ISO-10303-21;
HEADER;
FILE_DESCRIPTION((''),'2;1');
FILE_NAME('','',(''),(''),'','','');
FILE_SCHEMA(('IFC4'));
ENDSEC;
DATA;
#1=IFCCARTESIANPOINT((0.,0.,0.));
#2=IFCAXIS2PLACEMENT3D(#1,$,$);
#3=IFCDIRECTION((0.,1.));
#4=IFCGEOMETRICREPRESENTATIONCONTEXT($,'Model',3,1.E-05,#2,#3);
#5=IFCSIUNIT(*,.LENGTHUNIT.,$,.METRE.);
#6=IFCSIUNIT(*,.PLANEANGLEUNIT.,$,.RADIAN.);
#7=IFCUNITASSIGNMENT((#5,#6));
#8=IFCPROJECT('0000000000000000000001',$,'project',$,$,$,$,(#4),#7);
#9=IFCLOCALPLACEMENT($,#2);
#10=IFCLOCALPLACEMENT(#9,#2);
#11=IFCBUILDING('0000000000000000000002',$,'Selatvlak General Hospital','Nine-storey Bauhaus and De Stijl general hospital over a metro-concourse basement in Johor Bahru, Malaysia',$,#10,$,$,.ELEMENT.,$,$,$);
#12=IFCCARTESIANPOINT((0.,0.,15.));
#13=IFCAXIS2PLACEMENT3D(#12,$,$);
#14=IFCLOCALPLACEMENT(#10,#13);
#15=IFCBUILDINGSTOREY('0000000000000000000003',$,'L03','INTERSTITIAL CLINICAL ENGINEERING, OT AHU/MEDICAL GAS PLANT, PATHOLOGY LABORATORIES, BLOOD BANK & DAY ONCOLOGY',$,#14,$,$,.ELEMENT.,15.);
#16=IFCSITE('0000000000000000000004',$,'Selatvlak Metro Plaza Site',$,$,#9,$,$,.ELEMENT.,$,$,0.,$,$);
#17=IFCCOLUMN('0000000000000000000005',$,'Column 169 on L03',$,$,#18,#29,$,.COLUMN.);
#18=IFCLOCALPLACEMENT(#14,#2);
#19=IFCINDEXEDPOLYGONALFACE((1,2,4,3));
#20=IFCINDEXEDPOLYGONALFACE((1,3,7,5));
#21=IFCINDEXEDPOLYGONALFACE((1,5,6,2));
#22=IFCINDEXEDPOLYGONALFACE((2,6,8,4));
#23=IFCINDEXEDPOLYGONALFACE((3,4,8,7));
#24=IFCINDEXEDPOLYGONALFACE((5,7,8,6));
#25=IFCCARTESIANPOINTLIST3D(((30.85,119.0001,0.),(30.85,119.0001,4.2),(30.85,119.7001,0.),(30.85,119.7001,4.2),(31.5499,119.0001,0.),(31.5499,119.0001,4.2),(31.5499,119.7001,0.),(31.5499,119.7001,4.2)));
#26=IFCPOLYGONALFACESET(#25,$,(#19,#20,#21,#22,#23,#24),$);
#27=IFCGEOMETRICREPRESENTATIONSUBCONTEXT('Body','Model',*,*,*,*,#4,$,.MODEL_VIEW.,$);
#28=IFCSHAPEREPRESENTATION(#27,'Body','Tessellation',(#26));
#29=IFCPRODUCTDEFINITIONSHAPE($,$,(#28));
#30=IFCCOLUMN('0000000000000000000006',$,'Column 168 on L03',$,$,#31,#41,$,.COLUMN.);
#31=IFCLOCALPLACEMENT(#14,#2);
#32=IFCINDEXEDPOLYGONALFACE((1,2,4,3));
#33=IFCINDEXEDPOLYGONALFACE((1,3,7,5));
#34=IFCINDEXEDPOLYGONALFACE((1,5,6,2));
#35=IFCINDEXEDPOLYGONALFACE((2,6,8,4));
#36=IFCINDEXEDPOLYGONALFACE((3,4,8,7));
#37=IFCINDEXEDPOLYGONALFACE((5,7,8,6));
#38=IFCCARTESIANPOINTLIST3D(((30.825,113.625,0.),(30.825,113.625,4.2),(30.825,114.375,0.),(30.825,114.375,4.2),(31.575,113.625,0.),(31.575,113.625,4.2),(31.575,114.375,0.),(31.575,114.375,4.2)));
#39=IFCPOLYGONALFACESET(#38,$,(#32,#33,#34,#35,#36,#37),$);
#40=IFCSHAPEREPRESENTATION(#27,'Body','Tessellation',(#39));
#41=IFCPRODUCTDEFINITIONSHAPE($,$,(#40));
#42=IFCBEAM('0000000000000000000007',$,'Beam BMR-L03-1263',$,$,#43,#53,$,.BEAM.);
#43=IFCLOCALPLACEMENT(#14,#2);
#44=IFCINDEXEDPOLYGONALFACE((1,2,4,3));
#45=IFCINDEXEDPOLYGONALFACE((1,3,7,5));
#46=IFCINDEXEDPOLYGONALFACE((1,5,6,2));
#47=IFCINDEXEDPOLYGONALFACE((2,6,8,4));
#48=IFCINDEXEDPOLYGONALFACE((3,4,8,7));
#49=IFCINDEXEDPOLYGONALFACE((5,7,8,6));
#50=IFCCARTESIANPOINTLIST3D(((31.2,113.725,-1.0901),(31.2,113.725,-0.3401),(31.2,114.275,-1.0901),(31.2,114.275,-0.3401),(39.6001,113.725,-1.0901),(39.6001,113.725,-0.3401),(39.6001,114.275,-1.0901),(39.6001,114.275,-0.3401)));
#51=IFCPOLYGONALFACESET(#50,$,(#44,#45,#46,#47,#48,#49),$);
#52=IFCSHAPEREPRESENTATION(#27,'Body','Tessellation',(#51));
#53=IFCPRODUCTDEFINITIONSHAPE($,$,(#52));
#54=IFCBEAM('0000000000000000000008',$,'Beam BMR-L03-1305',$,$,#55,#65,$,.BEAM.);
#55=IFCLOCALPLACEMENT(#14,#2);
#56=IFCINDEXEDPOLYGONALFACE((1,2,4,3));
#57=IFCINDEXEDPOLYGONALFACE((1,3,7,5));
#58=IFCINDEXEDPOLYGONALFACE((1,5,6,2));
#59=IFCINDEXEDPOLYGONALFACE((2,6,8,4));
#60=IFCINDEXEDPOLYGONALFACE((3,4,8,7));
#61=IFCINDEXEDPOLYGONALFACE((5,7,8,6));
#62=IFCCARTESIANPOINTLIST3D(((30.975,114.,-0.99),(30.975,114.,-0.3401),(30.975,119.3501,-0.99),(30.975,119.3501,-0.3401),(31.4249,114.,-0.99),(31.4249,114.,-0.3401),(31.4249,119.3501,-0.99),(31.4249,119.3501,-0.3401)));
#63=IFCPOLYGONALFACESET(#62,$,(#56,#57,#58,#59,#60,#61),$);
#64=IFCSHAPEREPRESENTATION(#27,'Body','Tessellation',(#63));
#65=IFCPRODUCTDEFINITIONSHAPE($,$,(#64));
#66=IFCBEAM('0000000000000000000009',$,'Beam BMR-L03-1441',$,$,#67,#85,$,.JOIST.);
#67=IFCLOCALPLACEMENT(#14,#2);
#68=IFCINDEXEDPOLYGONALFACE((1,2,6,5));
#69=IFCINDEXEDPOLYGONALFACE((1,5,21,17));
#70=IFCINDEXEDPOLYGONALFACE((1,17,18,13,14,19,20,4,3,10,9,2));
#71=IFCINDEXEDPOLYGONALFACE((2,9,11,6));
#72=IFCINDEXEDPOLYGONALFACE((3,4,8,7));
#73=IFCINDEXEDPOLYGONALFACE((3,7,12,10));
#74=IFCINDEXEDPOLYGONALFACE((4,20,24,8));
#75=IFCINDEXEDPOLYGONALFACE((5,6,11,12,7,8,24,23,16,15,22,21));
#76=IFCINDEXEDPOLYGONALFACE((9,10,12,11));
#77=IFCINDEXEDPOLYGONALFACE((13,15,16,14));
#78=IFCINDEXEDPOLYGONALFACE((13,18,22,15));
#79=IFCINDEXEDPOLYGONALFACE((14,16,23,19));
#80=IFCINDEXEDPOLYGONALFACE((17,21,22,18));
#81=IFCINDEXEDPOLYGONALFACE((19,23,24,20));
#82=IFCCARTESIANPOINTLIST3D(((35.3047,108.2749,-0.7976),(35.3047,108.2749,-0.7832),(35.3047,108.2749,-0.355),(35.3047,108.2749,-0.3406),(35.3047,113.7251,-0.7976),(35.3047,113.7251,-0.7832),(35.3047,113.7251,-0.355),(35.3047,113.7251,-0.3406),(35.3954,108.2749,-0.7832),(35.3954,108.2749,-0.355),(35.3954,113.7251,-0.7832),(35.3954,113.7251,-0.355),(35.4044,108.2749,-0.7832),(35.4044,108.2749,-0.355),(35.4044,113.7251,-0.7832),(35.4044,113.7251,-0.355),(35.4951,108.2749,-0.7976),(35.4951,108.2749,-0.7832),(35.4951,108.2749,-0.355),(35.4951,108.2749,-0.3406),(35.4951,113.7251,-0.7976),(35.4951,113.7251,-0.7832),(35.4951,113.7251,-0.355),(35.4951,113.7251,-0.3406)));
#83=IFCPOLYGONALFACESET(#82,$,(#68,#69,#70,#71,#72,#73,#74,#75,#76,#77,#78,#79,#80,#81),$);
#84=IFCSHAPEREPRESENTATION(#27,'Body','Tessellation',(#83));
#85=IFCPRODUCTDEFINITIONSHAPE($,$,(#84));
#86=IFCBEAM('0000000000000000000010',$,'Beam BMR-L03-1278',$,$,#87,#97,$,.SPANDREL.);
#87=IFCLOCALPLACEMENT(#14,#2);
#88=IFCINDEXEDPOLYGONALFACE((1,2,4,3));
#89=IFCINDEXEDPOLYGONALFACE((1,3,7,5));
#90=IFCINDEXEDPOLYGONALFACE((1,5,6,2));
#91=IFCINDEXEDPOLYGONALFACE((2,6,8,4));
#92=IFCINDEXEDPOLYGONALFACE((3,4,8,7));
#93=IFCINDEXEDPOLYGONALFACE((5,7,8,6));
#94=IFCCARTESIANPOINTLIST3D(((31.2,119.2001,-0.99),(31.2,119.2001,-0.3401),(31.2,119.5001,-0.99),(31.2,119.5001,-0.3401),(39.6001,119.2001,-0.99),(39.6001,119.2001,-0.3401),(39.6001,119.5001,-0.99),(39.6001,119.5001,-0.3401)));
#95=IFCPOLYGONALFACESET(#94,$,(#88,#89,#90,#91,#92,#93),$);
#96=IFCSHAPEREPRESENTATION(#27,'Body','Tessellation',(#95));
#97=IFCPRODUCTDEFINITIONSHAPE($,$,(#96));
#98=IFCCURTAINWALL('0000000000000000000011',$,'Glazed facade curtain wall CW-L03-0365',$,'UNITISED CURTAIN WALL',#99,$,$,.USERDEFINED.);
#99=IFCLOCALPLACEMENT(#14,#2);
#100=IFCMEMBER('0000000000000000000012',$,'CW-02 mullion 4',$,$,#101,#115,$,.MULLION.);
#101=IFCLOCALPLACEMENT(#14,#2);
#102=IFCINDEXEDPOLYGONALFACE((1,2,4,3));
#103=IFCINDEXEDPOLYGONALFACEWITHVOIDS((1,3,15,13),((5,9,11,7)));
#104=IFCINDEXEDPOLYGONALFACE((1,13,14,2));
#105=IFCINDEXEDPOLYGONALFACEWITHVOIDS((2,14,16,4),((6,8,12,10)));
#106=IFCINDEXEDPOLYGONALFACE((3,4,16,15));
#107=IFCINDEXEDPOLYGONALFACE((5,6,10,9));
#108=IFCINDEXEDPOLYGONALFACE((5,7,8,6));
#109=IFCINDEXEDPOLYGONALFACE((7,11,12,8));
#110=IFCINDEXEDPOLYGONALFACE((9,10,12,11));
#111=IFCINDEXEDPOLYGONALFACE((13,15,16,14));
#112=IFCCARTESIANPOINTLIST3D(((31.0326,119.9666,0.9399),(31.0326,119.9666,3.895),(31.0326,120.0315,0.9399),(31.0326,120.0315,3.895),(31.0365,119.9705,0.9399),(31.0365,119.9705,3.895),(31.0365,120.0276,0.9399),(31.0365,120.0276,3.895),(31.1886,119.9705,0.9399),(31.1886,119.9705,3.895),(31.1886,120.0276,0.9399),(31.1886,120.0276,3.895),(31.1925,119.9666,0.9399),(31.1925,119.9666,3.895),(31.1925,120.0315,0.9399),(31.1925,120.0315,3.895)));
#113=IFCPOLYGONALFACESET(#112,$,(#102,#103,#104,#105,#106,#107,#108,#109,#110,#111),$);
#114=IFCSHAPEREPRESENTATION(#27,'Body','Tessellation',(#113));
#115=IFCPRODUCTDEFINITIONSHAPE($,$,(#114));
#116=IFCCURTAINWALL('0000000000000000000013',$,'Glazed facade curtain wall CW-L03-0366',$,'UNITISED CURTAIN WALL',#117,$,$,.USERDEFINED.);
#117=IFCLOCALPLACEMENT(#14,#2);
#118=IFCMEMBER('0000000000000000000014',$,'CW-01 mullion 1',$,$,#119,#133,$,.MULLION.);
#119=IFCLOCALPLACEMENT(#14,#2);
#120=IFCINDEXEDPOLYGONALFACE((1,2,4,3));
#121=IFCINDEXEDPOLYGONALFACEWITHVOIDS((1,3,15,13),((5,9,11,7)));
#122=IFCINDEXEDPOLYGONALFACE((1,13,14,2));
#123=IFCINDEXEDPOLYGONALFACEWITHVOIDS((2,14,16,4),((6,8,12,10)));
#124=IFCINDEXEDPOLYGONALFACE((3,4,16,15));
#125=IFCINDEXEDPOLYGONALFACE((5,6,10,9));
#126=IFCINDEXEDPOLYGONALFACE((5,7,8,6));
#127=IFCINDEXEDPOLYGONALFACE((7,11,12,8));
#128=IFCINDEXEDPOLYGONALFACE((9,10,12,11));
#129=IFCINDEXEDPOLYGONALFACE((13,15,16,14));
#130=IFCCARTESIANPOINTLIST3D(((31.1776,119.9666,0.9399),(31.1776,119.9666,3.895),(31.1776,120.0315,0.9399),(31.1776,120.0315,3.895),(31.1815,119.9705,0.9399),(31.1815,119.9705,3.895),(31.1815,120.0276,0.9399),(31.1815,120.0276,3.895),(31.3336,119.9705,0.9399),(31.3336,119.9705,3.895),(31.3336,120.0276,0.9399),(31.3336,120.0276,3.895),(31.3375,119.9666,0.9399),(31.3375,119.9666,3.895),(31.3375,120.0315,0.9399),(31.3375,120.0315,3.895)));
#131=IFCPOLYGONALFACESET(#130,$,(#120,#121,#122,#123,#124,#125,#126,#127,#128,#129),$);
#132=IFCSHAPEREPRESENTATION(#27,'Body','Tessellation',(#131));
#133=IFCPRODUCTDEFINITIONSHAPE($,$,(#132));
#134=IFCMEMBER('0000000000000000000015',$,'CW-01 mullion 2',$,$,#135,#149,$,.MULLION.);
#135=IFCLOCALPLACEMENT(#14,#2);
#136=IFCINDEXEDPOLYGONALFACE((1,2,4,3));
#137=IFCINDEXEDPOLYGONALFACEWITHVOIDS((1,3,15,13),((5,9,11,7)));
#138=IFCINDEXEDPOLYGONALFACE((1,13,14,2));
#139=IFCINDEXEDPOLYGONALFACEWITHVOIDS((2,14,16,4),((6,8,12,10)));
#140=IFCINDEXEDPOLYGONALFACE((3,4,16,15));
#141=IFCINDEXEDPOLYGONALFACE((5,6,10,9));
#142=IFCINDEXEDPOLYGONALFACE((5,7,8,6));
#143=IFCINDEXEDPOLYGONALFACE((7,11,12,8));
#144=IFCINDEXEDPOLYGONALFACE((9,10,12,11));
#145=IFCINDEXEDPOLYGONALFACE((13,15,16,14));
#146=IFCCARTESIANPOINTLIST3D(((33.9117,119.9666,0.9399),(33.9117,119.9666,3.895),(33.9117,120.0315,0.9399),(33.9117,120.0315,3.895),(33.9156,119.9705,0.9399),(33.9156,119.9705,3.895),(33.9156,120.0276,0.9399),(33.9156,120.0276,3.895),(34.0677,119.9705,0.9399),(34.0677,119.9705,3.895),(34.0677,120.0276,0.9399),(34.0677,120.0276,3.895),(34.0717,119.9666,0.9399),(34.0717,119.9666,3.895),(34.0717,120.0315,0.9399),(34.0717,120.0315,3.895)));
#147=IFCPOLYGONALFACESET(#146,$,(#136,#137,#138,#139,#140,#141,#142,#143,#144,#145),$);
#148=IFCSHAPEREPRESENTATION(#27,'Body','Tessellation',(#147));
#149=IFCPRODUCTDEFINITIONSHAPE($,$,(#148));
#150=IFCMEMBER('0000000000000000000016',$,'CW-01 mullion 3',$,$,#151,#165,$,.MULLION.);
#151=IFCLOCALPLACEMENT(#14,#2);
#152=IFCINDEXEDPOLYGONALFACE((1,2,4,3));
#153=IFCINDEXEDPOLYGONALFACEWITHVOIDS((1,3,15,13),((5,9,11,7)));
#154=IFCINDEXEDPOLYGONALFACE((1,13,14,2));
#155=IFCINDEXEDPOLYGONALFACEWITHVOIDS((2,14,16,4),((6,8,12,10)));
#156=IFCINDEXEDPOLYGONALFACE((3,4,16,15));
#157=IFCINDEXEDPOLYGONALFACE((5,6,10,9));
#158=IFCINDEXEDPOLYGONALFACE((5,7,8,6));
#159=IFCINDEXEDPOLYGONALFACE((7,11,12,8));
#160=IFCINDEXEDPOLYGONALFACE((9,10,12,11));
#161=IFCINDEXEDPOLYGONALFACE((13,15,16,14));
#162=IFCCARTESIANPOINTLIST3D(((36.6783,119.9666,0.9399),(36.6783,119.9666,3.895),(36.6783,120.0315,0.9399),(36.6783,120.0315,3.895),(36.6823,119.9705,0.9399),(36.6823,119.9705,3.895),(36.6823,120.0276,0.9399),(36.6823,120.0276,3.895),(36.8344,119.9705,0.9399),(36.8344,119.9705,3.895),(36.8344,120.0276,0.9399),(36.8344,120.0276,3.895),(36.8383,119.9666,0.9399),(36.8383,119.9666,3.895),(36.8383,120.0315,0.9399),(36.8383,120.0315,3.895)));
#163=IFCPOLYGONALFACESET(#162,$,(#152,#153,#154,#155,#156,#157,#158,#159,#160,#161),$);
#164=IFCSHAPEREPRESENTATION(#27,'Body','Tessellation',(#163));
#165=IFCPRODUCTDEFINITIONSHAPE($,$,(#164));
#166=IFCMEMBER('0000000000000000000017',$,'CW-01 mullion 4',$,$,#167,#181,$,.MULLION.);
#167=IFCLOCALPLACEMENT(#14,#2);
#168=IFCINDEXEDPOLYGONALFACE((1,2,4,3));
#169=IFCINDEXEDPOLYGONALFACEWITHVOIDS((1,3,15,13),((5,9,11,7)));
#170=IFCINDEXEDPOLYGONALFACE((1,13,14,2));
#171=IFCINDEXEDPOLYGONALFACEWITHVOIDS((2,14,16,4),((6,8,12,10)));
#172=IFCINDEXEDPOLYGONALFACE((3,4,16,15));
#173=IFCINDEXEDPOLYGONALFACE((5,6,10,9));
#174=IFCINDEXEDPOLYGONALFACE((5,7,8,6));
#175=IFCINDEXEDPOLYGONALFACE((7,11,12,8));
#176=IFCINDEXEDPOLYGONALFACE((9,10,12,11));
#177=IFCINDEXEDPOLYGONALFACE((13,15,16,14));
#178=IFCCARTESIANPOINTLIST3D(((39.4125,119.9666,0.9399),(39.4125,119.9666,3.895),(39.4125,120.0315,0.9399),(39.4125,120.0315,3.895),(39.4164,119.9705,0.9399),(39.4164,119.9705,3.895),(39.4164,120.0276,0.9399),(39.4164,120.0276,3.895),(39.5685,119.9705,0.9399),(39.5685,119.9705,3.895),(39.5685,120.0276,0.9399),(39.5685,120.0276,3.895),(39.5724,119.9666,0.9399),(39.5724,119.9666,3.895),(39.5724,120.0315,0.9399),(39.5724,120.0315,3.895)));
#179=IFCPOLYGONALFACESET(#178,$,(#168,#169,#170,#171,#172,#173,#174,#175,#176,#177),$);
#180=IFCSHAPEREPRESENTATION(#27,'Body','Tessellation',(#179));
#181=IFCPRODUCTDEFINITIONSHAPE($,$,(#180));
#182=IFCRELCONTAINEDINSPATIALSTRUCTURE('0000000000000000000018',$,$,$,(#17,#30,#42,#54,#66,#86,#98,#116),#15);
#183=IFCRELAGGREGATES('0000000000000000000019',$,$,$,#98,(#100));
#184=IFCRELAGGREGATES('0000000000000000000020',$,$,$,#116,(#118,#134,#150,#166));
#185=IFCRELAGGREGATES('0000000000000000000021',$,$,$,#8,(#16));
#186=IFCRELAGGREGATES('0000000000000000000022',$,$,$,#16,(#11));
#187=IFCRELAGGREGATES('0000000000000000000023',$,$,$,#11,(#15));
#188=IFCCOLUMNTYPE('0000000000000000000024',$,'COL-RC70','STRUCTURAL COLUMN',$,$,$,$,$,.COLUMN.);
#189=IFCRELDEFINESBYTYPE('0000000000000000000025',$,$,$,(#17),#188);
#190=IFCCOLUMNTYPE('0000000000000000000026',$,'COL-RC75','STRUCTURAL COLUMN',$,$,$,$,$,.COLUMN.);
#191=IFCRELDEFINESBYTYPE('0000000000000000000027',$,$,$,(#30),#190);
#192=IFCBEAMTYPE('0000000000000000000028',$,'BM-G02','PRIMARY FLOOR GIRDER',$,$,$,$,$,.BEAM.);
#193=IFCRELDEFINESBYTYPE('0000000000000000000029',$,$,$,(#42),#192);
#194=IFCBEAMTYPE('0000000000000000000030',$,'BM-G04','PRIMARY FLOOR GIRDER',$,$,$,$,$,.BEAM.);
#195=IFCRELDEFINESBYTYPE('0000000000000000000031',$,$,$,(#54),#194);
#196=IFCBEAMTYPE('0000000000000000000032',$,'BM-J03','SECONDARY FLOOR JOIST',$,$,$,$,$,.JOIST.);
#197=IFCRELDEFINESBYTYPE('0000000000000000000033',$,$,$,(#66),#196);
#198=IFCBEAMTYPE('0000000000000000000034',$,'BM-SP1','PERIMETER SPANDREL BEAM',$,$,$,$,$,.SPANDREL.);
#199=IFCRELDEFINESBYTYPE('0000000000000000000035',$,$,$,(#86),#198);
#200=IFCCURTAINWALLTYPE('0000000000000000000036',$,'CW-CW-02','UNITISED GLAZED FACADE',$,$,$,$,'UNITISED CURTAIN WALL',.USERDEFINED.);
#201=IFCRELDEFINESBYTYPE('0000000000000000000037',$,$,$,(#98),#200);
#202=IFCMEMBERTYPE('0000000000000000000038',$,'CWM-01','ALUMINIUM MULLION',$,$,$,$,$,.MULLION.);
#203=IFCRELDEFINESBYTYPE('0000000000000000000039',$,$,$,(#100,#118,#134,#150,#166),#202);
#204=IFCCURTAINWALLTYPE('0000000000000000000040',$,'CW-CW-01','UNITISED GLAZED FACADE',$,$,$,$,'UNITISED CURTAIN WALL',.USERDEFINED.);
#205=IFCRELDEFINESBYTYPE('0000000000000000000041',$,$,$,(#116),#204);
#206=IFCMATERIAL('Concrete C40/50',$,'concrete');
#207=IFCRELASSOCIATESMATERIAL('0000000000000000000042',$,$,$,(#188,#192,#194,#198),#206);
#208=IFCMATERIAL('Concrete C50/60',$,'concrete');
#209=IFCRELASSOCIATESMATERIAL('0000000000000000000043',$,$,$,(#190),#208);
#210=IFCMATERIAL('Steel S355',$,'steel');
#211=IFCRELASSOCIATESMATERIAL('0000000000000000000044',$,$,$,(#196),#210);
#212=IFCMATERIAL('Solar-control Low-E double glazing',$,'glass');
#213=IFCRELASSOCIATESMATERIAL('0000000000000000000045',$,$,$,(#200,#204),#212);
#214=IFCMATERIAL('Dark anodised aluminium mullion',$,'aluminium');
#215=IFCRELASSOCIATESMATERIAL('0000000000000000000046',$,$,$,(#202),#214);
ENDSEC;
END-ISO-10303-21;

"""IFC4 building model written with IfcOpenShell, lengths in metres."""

from ifc_helpers import new_model, si_unit, direction, frame, origin, origin_2d, place, context, subcontext, project, spatial, rectangle, hollow_rectangle, i_section, extrude, material, material_profile, profile_set, type_object, element, aggregate, save


model = new_model("IFC4")

# Units and contexts
model_context = context("Model", 3, precision=1e-05, world=origin(), true_north=direction((0.0, 1.0)))
body_context = subcontext(model_context, "Body", "Model", "MODEL_VIEW")
ifc_project = project(units=[si_unit("LENGTHUNIT", "METRE"), si_unit("PLANEANGLEUNIT", "RADIAN")], contexts=[model_context])

# Site, building, storey
site_placement = place(None, origin())
site = spatial("IfcSite", under=ifc_project, at=site_placement, Name="Selatvlak Metro Plaza Site", CompositionType="ELEMENT", RefElevation=0.0)
building_placement = place(site_placement, origin())
building = spatial("IfcBuilding", under=site, at=building_placement, Name="Selatvlak General Hospital", Description="Nine-storey Bauhaus and De Stijl general hospital over a metro-concourse basement in Johor Bahru, Malaysia", CompositionType="ELEMENT")
storey_placement = place(building_placement, frame((0.0, 0.0, 15.0)))
storey = spatial("IfcBuildingStorey", under=building, at=storey_placement, Name="L03", Description="INTERSTITIAL CLINICAL ENGINEERING, OT AHU/MEDICAL GAS PLANT, PATHOLOGY LABORATORIES, BLOOD BANK & DAY ONCOLOGY", CompositionType="ELEMENT", Elevation=15.0)

# Columns
ifc_material_1 = material(Name="Concrete C40/50", Category="concrete")
ifc_material_profile_1 = material_profile(ifc_material_1, rectangle(XDim=0.7, YDim=0.7, at=origin_2d()), Name="RC-COL 700x700")
ifc_profile_set_1 = profile_set([ifc_material_profile_1], Name="Concrete C40/50")
column_type_1 = type_object("IfcColumnType", Name="COL-RC70", Description="STRUCTURAL COLUMN", PredefinedType="COLUMN", material=ifc_profile_set_1)
column_1_placement = place(storey_placement, frame((31.2, 119.3501, 0.0), z_axis=(0.0, 0.0, 1.0), x_axis=(1.0, 0.0, 0.0)))
element("IfcColumn", 1, at=column_1_placement, inside=storey, type_object=column_type_1, Name="Column 169 on L03", PredefinedType="COLUMN", context=body_context, shape_type="SweptSolid", body=[
    extrude(rectangle(XDim=0.7, YDim=0.7, at=origin_2d()), origin(), (0.0, 0.0, 1.0), 4.2),
])
ifc_material_2 = material(Name="Concrete C50/60", Category="concrete")
ifc_material_profile_2 = material_profile(ifc_material_2, rectangle(XDim=0.75, YDim=0.75, at=origin_2d()), Name="RC-COL 750x750")
ifc_profile_set_2 = profile_set([ifc_material_profile_2], Name="Concrete C50/60")
column_type_2 = type_object("IfcColumnType", Name="COL-RC75", Description="STRUCTURAL COLUMN", PredefinedType="COLUMN", material=ifc_profile_set_2)
column_2_placement = place(storey_placement, frame((31.2, 114.0, 0.0), z_axis=(0.0, 0.0, 1.0), x_axis=(1.0, 0.0, 0.0)))
element("IfcColumn", 2, at=column_2_placement, inside=storey, type_object=column_type_2, Name="Column 168 on L03", PredefinedType="COLUMN", context=body_context, shape_type="SweptSolid", body=[
    extrude(rectangle(XDim=0.75, YDim=0.75, at=origin_2d()), origin(), (0.0, 0.0, 1.0), 4.2),
])

# Beams
ifc_material_profile_3 = material_profile(ifc_material_1, rectangle(XDim=0.55, YDim=0.75, at=origin_2d()), Name="RC-BM 550x750")
ifc_profile_set_3 = profile_set([ifc_material_profile_3], Name="Concrete C40/50")
beam_type_1 = type_object("IfcBeamType", Name="BM-G02", Description="PRIMARY FLOOR GIRDER", PredefinedType="BEAM", material=ifc_profile_set_3)
beam_1_placement = place(storey_placement, frame((31.2, 114.0, -0.7151), z_axis=(1.0, 0.0, 0.0), x_axis=(0.0, 1.0, 0.0)))
element("IfcBeam", 3, at=beam_1_placement, inside=storey, type_object=beam_type_1, Name="Beam BMR-L03-1263", PredefinedType="BEAM", context=body_context, shape_type="SweptSolid", body=[
    extrude(rectangle(XDim=0.55, YDim=0.75, at=origin_2d()), origin(), (0.0, 0.0, 1.0), 8.4001),
])
ifc_material_profile_4 = material_profile(ifc_material_1, rectangle(XDim=0.45, YDim=0.6499, at=origin_2d()), Name="RC-BM 450x650")
ifc_profile_set_4 = profile_set([ifc_material_profile_4], Name="Concrete C40/50")
beam_type_2 = type_object("IfcBeamType", Name="BM-G04", Description="PRIMARY FLOOR GIRDER", PredefinedType="BEAM", material=ifc_profile_set_4)
beam_2_placement = place(storey_placement, frame((31.2, 114.0, -0.665), z_axis=(0.0, 1.0, 0.0), x_axis=(-1.0, 0.0, 0.0)))
element("IfcBeam", 4, at=beam_2_placement, inside=storey, type_object=beam_type_2, Name="Beam BMR-L03-1305", PredefinedType="BEAM", context=body_context, shape_type="SweptSolid", body=[
    extrude(rectangle(XDim=0.45, YDim=0.6499, at=origin_2d()), origin(), (0.0, 0.0, 1.0), 5.3501),
])
ifc_material_3 = material(Name="Steel S355", Category="steel")
ifc_material_profile_5 = material_profile(ifc_material_3, i_section(OverallWidth=0.1904, OverallDepth=0.457, WebThickness=0.009, FlangeThickness=0.0144, at=origin_2d()), Name="UB 457x191x74")
ifc_profile_set_5 = profile_set([ifc_material_profile_5], Name="Steel S355")
beam_type_3 = type_object("IfcBeamType", Name="BM-J03", Description="SECONDARY FLOOR JOIST", PredefinedType="JOIST", material=ifc_profile_set_5)
beam_3_placement = place(storey_placement, frame((35.3999, 108.2749, -0.5691), z_axis=(0.0, 1.0, 0.0), x_axis=(-1.0, 0.0, 0.0)))
element("IfcBeam", 5, at=beam_3_placement, inside=storey, type_object=beam_type_3, Name="Beam BMR-L03-1441", PredefinedType="JOIST", context=body_context, shape_type="SweptSolid", body=[
    extrude(i_section(OverallWidth=0.1904, OverallDepth=0.457, WebThickness=0.009, FlangeThickness=0.0144, at=origin_2d()), origin(), (0.0, 0.0, 1.0), 5.4502),
])
ifc_material_profile_6 = material_profile(ifc_material_1, rectangle(XDim=0.3, YDim=0.6499, at=origin_2d()), Name="RC-SP 300x650")
ifc_profile_set_6 = profile_set([ifc_material_profile_6], Name="Concrete C40/50")
beam_type_4 = type_object("IfcBeamType", Name="BM-SP1", Description="PERIMETER SPANDREL BEAM", PredefinedType="SPANDREL", material=ifc_profile_set_6)
beam_4_placement = place(storey_placement, frame((31.2, 119.3501, -0.665), z_axis=(1.0, 0.0, 0.0), x_axis=(0.0, 1.0, 0.0)))
element("IfcBeam", 6, at=beam_4_placement, inside=storey, type_object=beam_type_4, Name="Beam BMR-L03-1278", PredefinedType="SPANDREL", context=body_context, shape_type="SweptSolid", body=[
    extrude(rectangle(XDim=0.3, YDim=0.6499, at=origin_2d()), origin(), (0.0, 0.0, 1.0), 8.4001),
])

# Curtain wall, member
ifc_material_4 = material(Name="Solar-control Low-E double glazing", Category="glass")
curtain_wall_type_1 = type_object("IfcCurtainWallType", Name="CW-CW-02", Description="UNITISED GLAZED FACADE", ElementType="UNITISED CURTAIN WALL", PredefinedType="USERDEFINED", material=ifc_material_4)
curtain_wall_1_placement = place(storey_placement, origin())
curtain_wall_1 = element("IfcCurtainWall", 7, at=curtain_wall_1_placement, inside=storey, type_object=curtain_wall_type_1, Name="Glazed facade curtain wall CW-L03-0365", ObjectType="UNITISED CURTAIN WALL", PredefinedType="USERDEFINED")
ifc_material_5 = material(Name="Dark anodised aluminium mullion", Category="aluminium")
ifc_material_profile_7 = material_profile(ifc_material_5, hollow_rectangle(XDim=0.0649, YDim=0.1599, WallThickness=0.0039, at=origin_2d()), Name="AL-MUL 65x160x4")
ifc_profile_set_7 = profile_set([ifc_material_profile_7], Name="Dark anodised aluminium mullion")
member_type_1 = type_object("IfcMemberType", Name="CWM-01", Description="ALUMINIUM MULLION", PredefinedType="MULLION", material=ifc_profile_set_7)
member_1_placement = place(storey_placement, frame((31.1125, 119.999, 0.9399), z_axis=(0.0, 0.0, 1.0), x_axis=(0.0, 1.0, 0.0)))
member_1 = element("IfcMember", 8, at=member_1_placement, type_object=member_type_1, Name="CW-02 mullion 4", PredefinedType="MULLION", context=body_context, shape_type="SweptSolid", body=[
    extrude(hollow_rectangle(XDim=0.0649, YDim=0.1599, WallThickness=0.0039, at=origin_2d()), origin(), (0.0, 0.0, 1.0), 2.9551),
])

# Curtain wall, members
curtain_wall_type_2 = type_object("IfcCurtainWallType", Name="CW-CW-01", Description="UNITISED GLAZED FACADE", ElementType="UNITISED CURTAIN WALL", PredefinedType="USERDEFINED", material=ifc_material_4)
curtain_wall_2_placement = place(storey_placement, origin())
curtain_wall_2 = element("IfcCurtainWall", 9, at=curtain_wall_2_placement, inside=storey, type_object=curtain_wall_type_2, Name="Glazed facade curtain wall CW-L03-0366", ObjectType="UNITISED CURTAIN WALL", PredefinedType="USERDEFINED")
member_2_placement = place(storey_placement, frame((31.2576, 119.999, 0.9399), z_axis=(0.0, 0.0, 1.0), x_axis=(0.0, 1.0, 0.0)))
member_2 = element("IfcMember", 10, at=member_2_placement, type_object=member_type_1, Name="CW-01 mullion 1", PredefinedType="MULLION", context=body_context, shape_type="SweptSolid", body=[
    extrude(hollow_rectangle(XDim=0.0649, YDim=0.1599, WallThickness=0.0039, at=origin_2d()), origin(), (0.0, 0.0, 1.0), 2.9551),
])
member_3_placement = place(storey_placement, frame((33.9917, 119.999, 0.9399), z_axis=(0.0, 0.0, 1.0), x_axis=(0.0, 1.0, 0.0)))
member_3 = element("IfcMember", 11, at=member_3_placement, type_object=member_type_1, Name="CW-01 mullion 2", PredefinedType="MULLION", context=body_context, shape_type="SweptSolid", body=[
    extrude(hollow_rectangle(XDim=0.0649, YDim=0.1599, WallThickness=0.0039, at=origin_2d()), origin(), (0.0, 0.0, 1.0), 2.9551),
])
member_4_placement = place(storey_placement, frame((36.7583, 119.999, 0.9399), z_axis=(0.0, 0.0, 1.0), x_axis=(0.0, 1.0, 0.0)))
member_4 = element("IfcMember", 12, at=member_4_placement, type_object=member_type_1, Name="CW-01 mullion 3", PredefinedType="MULLION", context=body_context, shape_type="SweptSolid", body=[
    extrude(hollow_rectangle(XDim=0.0649, YDim=0.1599, WallThickness=0.0039, at=origin_2d()), origin(), (0.0, 0.0, 1.0), 2.9551),
])
member_5_placement = place(storey_placement, frame((39.4924, 119.999, 0.9399), z_axis=(0.0, 0.0, 1.0), x_axis=(0.0, 1.0, 0.0)))
member_5 = element("IfcMember", 13, at=member_5_placement, type_object=member_type_1, Name="CW-01 mullion 4", PredefinedType="MULLION", context=body_context, shape_type="SweptSolid", body=[
    extrude(hollow_rectangle(XDim=0.0649, YDim=0.1599, WallThickness=0.0039, at=origin_2d()), origin(), (0.0, 0.0, 1.0), 2.9551),
])

aggregate(curtain_wall_1, [member_1])
aggregate(curtain_wall_2, [member_2, member_3, member_4, member_5])

save(model, "model.ifc")
